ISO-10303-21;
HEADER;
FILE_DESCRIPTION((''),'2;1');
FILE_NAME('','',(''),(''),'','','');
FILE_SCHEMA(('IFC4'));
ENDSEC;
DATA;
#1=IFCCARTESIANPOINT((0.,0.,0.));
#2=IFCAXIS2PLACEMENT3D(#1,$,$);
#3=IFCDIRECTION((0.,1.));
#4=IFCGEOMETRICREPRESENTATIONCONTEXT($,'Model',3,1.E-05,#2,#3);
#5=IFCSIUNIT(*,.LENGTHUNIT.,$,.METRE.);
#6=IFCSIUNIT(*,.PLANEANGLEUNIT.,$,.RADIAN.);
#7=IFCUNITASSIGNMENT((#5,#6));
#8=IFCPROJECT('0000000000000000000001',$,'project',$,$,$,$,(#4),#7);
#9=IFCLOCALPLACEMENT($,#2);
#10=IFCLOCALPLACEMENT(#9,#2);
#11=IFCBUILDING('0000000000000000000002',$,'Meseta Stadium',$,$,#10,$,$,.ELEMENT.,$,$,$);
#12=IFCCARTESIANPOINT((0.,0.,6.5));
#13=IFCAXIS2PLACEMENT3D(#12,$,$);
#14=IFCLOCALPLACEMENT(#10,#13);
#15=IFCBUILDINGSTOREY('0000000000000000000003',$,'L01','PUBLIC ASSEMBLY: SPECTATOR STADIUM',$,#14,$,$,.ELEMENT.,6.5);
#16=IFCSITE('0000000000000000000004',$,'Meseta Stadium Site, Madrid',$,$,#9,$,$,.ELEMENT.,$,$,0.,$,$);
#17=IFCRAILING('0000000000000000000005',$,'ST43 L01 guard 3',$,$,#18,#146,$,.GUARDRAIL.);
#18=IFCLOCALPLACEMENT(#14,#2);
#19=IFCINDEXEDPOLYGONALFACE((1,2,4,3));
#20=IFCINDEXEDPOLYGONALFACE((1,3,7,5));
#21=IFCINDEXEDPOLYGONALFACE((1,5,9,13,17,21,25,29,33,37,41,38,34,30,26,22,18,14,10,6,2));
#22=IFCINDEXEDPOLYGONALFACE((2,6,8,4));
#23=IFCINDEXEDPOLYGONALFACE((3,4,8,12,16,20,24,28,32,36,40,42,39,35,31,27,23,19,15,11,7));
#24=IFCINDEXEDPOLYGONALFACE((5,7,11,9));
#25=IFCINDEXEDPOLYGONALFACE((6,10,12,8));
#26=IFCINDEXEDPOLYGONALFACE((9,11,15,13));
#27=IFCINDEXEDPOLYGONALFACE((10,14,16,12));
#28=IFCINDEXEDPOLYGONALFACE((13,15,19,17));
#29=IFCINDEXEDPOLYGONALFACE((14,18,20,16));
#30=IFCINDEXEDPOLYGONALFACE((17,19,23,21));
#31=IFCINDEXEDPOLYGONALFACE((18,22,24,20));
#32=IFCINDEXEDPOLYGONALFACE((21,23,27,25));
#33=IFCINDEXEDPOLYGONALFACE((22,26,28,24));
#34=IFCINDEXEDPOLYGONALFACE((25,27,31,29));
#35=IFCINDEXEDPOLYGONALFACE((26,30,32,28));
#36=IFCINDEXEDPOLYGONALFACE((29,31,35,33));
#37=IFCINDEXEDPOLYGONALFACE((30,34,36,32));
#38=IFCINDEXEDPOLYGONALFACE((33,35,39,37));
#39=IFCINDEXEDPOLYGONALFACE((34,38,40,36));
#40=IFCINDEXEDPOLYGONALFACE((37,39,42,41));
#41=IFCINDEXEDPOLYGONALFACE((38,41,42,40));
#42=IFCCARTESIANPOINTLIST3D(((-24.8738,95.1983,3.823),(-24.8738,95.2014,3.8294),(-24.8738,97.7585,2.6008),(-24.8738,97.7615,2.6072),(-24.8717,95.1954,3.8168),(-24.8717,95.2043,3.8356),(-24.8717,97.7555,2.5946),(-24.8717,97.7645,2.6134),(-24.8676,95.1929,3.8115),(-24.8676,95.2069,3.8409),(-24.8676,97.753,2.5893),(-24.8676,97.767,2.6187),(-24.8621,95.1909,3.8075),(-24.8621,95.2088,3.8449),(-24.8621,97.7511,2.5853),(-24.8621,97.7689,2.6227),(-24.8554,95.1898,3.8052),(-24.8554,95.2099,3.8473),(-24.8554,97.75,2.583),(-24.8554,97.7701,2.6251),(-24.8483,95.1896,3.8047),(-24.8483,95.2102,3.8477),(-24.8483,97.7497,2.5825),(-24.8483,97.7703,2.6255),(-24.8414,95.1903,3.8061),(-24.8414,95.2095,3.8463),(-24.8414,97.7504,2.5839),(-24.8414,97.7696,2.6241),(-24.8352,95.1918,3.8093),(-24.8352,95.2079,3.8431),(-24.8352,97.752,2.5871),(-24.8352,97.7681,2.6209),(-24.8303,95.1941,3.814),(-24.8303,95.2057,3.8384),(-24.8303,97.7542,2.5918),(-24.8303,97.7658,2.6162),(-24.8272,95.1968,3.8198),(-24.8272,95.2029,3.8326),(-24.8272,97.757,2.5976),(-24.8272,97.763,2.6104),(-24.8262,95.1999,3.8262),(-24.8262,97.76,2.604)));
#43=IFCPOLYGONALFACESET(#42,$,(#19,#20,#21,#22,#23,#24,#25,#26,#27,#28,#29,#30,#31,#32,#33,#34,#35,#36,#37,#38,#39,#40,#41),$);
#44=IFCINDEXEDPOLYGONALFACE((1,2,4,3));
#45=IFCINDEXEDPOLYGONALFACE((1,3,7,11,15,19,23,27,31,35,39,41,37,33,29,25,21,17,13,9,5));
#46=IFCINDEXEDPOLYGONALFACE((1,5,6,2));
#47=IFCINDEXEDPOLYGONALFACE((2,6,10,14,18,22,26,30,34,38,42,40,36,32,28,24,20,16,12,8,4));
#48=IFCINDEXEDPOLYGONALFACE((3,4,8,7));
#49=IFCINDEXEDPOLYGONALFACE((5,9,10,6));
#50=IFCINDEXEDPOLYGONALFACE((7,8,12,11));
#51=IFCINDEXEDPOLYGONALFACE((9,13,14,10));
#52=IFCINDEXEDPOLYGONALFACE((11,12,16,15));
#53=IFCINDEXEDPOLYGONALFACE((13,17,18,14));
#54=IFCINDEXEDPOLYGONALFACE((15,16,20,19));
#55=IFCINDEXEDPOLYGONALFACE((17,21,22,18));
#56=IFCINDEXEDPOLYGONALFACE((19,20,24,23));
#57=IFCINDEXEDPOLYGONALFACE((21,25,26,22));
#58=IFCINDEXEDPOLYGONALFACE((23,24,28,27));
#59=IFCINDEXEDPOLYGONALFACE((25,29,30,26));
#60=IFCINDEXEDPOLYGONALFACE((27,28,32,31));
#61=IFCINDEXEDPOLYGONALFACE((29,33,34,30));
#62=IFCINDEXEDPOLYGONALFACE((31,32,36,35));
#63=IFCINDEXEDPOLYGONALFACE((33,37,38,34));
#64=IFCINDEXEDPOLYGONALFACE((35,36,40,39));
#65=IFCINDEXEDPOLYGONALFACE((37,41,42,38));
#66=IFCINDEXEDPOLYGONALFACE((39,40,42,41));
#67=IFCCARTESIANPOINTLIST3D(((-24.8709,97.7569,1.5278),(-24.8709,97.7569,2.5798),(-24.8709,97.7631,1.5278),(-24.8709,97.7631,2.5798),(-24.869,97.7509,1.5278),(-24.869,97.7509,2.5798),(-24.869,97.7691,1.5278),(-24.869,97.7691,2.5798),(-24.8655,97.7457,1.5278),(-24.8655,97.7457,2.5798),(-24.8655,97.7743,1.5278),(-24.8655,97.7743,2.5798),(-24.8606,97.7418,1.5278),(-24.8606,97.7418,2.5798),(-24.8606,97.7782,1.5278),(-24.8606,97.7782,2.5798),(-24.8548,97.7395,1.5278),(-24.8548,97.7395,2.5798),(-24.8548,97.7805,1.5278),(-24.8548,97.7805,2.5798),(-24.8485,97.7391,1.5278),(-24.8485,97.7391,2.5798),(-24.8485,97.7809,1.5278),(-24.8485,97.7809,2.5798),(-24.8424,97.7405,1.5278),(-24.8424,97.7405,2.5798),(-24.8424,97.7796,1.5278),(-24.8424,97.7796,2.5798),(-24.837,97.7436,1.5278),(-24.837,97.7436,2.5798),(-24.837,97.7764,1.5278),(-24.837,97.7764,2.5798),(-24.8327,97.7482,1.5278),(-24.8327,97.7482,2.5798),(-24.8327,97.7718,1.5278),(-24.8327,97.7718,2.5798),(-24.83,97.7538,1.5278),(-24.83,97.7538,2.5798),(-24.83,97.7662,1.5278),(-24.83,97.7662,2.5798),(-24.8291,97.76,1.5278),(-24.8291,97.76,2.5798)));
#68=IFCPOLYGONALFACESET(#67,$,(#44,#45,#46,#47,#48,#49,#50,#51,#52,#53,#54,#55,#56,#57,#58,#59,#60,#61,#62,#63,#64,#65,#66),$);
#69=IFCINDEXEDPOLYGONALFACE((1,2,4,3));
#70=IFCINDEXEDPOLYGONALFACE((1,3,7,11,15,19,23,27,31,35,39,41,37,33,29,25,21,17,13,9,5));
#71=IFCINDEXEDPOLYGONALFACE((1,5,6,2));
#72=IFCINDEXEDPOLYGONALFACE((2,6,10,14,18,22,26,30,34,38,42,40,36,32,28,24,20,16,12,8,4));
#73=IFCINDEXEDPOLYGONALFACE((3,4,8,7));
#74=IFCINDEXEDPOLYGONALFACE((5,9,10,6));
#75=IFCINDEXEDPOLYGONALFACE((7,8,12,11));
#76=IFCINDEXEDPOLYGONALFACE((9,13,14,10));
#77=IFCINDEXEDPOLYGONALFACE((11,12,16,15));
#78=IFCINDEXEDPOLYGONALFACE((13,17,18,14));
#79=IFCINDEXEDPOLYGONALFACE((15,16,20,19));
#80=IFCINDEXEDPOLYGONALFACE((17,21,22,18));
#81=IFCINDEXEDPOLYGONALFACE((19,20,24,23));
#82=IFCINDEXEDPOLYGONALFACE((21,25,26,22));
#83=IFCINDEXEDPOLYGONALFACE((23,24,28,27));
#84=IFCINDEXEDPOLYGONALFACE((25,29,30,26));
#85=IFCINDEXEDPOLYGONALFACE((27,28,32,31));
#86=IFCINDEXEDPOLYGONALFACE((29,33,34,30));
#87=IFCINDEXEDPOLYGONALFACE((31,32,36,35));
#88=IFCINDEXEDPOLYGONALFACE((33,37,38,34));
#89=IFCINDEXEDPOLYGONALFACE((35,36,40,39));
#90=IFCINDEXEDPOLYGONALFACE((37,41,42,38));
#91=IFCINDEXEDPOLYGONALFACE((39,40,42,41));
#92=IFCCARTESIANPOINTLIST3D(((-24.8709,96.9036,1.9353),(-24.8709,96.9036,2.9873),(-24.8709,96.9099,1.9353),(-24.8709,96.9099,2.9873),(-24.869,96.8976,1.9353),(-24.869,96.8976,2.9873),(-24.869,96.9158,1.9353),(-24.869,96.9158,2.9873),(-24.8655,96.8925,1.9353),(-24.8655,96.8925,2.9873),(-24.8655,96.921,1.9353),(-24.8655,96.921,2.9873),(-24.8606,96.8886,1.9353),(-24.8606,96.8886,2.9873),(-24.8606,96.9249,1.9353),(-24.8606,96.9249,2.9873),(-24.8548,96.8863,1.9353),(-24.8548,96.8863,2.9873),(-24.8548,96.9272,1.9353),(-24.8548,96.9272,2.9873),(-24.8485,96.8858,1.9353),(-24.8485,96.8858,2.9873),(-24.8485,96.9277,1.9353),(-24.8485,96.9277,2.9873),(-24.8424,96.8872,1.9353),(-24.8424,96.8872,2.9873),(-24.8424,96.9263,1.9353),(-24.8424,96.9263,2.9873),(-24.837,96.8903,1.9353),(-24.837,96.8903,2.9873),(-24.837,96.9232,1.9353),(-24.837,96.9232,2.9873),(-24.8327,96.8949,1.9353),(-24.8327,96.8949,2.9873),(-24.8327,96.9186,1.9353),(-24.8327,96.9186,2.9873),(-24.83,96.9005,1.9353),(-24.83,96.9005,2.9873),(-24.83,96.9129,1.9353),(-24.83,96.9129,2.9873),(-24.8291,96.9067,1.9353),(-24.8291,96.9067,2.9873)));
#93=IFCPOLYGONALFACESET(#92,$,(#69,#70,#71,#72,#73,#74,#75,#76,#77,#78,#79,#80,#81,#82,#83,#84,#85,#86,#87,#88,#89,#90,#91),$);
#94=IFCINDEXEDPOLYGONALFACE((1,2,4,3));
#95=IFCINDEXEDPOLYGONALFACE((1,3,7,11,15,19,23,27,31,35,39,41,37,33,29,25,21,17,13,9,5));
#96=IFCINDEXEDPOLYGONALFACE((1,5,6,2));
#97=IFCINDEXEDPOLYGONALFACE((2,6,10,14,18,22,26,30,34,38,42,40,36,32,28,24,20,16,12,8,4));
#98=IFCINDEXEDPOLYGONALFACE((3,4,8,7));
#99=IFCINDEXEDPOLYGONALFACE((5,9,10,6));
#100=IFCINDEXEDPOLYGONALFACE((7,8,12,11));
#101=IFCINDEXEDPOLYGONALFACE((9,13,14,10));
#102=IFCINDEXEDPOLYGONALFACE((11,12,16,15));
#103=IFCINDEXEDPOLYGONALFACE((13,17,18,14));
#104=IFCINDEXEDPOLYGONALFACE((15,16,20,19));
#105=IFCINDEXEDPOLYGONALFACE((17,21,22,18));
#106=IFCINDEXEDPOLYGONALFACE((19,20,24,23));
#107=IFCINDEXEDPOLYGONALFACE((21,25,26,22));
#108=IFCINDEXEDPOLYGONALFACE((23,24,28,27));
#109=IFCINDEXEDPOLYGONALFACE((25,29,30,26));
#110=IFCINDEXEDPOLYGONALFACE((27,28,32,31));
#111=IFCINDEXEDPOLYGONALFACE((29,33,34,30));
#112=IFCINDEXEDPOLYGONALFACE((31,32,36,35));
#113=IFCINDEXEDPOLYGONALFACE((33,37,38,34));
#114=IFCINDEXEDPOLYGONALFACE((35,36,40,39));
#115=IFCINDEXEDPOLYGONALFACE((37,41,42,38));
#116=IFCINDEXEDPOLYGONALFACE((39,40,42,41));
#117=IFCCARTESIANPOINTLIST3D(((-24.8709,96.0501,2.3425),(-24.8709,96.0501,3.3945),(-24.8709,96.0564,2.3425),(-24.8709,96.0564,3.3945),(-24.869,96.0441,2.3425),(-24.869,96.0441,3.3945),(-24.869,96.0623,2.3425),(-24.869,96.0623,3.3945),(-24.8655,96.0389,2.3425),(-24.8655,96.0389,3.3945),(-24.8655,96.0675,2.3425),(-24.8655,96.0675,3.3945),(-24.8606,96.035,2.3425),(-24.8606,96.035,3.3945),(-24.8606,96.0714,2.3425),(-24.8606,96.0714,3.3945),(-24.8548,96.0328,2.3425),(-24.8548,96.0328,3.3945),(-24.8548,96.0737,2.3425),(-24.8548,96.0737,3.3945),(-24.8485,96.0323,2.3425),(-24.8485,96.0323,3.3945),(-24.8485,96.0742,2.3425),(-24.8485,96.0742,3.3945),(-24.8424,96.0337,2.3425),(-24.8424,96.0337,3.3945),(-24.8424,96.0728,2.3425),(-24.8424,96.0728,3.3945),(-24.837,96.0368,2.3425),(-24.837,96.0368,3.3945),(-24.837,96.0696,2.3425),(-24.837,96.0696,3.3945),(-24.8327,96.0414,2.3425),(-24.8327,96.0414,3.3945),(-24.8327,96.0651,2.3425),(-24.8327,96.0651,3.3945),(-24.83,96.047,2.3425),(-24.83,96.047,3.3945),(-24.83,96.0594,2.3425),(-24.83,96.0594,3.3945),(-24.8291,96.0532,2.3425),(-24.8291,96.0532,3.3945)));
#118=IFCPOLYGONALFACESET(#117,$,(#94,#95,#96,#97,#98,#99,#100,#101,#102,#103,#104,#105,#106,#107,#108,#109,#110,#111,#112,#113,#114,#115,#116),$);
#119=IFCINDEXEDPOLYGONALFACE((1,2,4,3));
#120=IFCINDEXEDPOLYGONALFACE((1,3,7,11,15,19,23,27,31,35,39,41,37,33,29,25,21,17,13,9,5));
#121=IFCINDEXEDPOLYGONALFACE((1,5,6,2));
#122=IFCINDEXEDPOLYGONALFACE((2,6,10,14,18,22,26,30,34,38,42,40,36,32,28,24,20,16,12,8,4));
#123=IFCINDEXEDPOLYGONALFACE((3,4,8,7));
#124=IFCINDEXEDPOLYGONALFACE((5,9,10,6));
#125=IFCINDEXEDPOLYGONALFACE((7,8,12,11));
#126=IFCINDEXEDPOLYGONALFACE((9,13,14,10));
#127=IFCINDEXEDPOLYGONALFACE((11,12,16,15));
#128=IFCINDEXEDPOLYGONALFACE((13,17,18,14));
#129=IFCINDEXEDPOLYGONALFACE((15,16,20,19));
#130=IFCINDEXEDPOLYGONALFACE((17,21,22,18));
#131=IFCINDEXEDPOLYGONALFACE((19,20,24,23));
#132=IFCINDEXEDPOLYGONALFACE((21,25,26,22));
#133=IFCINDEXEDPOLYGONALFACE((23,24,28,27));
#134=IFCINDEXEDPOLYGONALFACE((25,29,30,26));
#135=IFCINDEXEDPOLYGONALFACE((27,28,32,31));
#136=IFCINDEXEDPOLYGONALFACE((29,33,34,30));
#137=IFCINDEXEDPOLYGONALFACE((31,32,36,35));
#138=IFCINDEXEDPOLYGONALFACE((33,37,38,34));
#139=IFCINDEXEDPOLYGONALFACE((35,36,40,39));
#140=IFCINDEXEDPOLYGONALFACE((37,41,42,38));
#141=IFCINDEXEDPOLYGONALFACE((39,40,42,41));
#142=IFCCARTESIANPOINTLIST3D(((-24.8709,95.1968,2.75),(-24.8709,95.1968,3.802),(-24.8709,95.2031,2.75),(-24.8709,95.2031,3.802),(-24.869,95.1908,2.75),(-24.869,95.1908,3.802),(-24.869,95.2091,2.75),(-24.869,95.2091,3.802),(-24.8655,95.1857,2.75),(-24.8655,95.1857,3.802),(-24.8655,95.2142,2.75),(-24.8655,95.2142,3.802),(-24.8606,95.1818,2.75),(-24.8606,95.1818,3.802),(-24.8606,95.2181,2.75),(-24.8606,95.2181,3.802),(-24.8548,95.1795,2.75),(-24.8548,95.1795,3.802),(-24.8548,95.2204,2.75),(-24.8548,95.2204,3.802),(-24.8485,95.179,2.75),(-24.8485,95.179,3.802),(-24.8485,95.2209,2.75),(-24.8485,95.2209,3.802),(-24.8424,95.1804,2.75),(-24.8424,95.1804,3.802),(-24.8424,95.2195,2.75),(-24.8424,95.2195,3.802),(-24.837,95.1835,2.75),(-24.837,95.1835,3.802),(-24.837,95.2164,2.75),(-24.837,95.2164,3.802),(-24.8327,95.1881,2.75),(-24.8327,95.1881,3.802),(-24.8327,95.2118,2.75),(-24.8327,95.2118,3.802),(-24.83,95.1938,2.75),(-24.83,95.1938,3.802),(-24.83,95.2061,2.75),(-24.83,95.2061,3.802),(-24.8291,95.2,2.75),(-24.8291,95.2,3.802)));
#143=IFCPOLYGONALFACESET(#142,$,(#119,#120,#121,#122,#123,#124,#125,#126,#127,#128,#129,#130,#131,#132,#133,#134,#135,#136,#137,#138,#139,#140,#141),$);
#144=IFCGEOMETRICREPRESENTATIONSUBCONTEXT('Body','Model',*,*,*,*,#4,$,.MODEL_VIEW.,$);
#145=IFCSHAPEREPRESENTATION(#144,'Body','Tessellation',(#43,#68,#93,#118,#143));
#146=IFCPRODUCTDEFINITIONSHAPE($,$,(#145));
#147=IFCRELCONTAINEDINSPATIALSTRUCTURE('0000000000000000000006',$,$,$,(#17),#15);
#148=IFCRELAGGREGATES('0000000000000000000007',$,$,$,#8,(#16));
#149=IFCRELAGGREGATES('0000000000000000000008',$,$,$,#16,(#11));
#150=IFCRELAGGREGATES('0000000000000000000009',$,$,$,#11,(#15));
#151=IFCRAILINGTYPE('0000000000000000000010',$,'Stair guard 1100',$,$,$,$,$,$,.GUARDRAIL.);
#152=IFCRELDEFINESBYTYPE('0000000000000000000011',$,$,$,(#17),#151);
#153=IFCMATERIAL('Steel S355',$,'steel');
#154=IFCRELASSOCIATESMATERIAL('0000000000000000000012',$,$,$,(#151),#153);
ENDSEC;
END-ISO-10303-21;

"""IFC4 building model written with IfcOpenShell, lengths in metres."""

from ifc_helpers import new_model, si_unit, direction, frame, origin, origin_2d, place, context, subcontext, project, spatial, circle, extrude, material, type_object, element, save


model = new_model("IFC4")

# Units and contexts
model_context = context("Model", 3, precision=1e-05, world=origin(), true_north=direction((0.0, 1.0)))
body_context = subcontext(model_context, "Body", "Model", "MODEL_VIEW")
ifc_project = project(units=[si_unit("LENGTHUNIT", "METRE"), si_unit("PLANEANGLEUNIT", "RADIAN")], contexts=[model_context])

# Site, building, storey
site_placement = place(None, origin())
site = spatial("IfcSite", under=ifc_project, at=site_placement, Name="Meseta Stadium Site, Madrid", CompositionType="ELEMENT", RefElevation=0.0)
building_placement = place(site_placement, origin())
building = spatial("IfcBuilding", under=site, at=building_placement, Name="Meseta Stadium", CompositionType="ELEMENT")
storey_placement = place(building_placement, frame((0.0, 0.0, 6.5)))
storey = spatial("IfcBuildingStorey", under=building, at=storey_placement, Name="L01", Description="PUBLIC ASSEMBLY: SPECTATOR STADIUM", CompositionType="ELEMENT", Elevation=6.5)

# Railing
ifc_material_1 = material(Name="Steel S355", Category="steel")
railing_type_1 = type_object("IfcRailingType", Name="Stair guard 1100", PredefinedType="GUARDRAIL", material=ifc_material_1)
railing_1_placement = place(storey_placement, frame((-24.8501, 97.76, 1.5278)))
element("IfcRailing", 1, at=railing_1_placement, inside=storey, type_object=railing_type_1, Name="ST43 L01 guard 3", PredefinedType="GUARDRAIL", context=body_context, shape_type="SweptSolid", body=[
    extrude(circle(Radius=0.0239, at=origin_2d()), frame((0.0, 0.0, 1.0762), z_axis=(0.0, -0.902437, 0.430822), x_axis=(1.0, 0.0, 0.0)), (0.0, 0.0, 1.0), 2.8369),
    extrude(circle(Radius=0.021, at=origin_2d()), origin(), (0.0, 0.0, 1.0), 1.052),
    extrude(circle(Radius=0.021, at=origin_2d()), frame((0.0, -0.8533, 0.4075)), (0.0, 0.0, 1.0), 1.052),
    extrude(circle(Radius=0.021, at=origin_2d()), frame((0.0, -1.7068, 0.8147)), (0.0, 0.0, 1.0), 1.052),
    extrude(circle(Radius=0.021, at=origin_2d()), frame((0.0, -2.5601, 1.2222)), (0.0, 0.0, 1.0), 1.052),
])

save(model, "model.ifc")
